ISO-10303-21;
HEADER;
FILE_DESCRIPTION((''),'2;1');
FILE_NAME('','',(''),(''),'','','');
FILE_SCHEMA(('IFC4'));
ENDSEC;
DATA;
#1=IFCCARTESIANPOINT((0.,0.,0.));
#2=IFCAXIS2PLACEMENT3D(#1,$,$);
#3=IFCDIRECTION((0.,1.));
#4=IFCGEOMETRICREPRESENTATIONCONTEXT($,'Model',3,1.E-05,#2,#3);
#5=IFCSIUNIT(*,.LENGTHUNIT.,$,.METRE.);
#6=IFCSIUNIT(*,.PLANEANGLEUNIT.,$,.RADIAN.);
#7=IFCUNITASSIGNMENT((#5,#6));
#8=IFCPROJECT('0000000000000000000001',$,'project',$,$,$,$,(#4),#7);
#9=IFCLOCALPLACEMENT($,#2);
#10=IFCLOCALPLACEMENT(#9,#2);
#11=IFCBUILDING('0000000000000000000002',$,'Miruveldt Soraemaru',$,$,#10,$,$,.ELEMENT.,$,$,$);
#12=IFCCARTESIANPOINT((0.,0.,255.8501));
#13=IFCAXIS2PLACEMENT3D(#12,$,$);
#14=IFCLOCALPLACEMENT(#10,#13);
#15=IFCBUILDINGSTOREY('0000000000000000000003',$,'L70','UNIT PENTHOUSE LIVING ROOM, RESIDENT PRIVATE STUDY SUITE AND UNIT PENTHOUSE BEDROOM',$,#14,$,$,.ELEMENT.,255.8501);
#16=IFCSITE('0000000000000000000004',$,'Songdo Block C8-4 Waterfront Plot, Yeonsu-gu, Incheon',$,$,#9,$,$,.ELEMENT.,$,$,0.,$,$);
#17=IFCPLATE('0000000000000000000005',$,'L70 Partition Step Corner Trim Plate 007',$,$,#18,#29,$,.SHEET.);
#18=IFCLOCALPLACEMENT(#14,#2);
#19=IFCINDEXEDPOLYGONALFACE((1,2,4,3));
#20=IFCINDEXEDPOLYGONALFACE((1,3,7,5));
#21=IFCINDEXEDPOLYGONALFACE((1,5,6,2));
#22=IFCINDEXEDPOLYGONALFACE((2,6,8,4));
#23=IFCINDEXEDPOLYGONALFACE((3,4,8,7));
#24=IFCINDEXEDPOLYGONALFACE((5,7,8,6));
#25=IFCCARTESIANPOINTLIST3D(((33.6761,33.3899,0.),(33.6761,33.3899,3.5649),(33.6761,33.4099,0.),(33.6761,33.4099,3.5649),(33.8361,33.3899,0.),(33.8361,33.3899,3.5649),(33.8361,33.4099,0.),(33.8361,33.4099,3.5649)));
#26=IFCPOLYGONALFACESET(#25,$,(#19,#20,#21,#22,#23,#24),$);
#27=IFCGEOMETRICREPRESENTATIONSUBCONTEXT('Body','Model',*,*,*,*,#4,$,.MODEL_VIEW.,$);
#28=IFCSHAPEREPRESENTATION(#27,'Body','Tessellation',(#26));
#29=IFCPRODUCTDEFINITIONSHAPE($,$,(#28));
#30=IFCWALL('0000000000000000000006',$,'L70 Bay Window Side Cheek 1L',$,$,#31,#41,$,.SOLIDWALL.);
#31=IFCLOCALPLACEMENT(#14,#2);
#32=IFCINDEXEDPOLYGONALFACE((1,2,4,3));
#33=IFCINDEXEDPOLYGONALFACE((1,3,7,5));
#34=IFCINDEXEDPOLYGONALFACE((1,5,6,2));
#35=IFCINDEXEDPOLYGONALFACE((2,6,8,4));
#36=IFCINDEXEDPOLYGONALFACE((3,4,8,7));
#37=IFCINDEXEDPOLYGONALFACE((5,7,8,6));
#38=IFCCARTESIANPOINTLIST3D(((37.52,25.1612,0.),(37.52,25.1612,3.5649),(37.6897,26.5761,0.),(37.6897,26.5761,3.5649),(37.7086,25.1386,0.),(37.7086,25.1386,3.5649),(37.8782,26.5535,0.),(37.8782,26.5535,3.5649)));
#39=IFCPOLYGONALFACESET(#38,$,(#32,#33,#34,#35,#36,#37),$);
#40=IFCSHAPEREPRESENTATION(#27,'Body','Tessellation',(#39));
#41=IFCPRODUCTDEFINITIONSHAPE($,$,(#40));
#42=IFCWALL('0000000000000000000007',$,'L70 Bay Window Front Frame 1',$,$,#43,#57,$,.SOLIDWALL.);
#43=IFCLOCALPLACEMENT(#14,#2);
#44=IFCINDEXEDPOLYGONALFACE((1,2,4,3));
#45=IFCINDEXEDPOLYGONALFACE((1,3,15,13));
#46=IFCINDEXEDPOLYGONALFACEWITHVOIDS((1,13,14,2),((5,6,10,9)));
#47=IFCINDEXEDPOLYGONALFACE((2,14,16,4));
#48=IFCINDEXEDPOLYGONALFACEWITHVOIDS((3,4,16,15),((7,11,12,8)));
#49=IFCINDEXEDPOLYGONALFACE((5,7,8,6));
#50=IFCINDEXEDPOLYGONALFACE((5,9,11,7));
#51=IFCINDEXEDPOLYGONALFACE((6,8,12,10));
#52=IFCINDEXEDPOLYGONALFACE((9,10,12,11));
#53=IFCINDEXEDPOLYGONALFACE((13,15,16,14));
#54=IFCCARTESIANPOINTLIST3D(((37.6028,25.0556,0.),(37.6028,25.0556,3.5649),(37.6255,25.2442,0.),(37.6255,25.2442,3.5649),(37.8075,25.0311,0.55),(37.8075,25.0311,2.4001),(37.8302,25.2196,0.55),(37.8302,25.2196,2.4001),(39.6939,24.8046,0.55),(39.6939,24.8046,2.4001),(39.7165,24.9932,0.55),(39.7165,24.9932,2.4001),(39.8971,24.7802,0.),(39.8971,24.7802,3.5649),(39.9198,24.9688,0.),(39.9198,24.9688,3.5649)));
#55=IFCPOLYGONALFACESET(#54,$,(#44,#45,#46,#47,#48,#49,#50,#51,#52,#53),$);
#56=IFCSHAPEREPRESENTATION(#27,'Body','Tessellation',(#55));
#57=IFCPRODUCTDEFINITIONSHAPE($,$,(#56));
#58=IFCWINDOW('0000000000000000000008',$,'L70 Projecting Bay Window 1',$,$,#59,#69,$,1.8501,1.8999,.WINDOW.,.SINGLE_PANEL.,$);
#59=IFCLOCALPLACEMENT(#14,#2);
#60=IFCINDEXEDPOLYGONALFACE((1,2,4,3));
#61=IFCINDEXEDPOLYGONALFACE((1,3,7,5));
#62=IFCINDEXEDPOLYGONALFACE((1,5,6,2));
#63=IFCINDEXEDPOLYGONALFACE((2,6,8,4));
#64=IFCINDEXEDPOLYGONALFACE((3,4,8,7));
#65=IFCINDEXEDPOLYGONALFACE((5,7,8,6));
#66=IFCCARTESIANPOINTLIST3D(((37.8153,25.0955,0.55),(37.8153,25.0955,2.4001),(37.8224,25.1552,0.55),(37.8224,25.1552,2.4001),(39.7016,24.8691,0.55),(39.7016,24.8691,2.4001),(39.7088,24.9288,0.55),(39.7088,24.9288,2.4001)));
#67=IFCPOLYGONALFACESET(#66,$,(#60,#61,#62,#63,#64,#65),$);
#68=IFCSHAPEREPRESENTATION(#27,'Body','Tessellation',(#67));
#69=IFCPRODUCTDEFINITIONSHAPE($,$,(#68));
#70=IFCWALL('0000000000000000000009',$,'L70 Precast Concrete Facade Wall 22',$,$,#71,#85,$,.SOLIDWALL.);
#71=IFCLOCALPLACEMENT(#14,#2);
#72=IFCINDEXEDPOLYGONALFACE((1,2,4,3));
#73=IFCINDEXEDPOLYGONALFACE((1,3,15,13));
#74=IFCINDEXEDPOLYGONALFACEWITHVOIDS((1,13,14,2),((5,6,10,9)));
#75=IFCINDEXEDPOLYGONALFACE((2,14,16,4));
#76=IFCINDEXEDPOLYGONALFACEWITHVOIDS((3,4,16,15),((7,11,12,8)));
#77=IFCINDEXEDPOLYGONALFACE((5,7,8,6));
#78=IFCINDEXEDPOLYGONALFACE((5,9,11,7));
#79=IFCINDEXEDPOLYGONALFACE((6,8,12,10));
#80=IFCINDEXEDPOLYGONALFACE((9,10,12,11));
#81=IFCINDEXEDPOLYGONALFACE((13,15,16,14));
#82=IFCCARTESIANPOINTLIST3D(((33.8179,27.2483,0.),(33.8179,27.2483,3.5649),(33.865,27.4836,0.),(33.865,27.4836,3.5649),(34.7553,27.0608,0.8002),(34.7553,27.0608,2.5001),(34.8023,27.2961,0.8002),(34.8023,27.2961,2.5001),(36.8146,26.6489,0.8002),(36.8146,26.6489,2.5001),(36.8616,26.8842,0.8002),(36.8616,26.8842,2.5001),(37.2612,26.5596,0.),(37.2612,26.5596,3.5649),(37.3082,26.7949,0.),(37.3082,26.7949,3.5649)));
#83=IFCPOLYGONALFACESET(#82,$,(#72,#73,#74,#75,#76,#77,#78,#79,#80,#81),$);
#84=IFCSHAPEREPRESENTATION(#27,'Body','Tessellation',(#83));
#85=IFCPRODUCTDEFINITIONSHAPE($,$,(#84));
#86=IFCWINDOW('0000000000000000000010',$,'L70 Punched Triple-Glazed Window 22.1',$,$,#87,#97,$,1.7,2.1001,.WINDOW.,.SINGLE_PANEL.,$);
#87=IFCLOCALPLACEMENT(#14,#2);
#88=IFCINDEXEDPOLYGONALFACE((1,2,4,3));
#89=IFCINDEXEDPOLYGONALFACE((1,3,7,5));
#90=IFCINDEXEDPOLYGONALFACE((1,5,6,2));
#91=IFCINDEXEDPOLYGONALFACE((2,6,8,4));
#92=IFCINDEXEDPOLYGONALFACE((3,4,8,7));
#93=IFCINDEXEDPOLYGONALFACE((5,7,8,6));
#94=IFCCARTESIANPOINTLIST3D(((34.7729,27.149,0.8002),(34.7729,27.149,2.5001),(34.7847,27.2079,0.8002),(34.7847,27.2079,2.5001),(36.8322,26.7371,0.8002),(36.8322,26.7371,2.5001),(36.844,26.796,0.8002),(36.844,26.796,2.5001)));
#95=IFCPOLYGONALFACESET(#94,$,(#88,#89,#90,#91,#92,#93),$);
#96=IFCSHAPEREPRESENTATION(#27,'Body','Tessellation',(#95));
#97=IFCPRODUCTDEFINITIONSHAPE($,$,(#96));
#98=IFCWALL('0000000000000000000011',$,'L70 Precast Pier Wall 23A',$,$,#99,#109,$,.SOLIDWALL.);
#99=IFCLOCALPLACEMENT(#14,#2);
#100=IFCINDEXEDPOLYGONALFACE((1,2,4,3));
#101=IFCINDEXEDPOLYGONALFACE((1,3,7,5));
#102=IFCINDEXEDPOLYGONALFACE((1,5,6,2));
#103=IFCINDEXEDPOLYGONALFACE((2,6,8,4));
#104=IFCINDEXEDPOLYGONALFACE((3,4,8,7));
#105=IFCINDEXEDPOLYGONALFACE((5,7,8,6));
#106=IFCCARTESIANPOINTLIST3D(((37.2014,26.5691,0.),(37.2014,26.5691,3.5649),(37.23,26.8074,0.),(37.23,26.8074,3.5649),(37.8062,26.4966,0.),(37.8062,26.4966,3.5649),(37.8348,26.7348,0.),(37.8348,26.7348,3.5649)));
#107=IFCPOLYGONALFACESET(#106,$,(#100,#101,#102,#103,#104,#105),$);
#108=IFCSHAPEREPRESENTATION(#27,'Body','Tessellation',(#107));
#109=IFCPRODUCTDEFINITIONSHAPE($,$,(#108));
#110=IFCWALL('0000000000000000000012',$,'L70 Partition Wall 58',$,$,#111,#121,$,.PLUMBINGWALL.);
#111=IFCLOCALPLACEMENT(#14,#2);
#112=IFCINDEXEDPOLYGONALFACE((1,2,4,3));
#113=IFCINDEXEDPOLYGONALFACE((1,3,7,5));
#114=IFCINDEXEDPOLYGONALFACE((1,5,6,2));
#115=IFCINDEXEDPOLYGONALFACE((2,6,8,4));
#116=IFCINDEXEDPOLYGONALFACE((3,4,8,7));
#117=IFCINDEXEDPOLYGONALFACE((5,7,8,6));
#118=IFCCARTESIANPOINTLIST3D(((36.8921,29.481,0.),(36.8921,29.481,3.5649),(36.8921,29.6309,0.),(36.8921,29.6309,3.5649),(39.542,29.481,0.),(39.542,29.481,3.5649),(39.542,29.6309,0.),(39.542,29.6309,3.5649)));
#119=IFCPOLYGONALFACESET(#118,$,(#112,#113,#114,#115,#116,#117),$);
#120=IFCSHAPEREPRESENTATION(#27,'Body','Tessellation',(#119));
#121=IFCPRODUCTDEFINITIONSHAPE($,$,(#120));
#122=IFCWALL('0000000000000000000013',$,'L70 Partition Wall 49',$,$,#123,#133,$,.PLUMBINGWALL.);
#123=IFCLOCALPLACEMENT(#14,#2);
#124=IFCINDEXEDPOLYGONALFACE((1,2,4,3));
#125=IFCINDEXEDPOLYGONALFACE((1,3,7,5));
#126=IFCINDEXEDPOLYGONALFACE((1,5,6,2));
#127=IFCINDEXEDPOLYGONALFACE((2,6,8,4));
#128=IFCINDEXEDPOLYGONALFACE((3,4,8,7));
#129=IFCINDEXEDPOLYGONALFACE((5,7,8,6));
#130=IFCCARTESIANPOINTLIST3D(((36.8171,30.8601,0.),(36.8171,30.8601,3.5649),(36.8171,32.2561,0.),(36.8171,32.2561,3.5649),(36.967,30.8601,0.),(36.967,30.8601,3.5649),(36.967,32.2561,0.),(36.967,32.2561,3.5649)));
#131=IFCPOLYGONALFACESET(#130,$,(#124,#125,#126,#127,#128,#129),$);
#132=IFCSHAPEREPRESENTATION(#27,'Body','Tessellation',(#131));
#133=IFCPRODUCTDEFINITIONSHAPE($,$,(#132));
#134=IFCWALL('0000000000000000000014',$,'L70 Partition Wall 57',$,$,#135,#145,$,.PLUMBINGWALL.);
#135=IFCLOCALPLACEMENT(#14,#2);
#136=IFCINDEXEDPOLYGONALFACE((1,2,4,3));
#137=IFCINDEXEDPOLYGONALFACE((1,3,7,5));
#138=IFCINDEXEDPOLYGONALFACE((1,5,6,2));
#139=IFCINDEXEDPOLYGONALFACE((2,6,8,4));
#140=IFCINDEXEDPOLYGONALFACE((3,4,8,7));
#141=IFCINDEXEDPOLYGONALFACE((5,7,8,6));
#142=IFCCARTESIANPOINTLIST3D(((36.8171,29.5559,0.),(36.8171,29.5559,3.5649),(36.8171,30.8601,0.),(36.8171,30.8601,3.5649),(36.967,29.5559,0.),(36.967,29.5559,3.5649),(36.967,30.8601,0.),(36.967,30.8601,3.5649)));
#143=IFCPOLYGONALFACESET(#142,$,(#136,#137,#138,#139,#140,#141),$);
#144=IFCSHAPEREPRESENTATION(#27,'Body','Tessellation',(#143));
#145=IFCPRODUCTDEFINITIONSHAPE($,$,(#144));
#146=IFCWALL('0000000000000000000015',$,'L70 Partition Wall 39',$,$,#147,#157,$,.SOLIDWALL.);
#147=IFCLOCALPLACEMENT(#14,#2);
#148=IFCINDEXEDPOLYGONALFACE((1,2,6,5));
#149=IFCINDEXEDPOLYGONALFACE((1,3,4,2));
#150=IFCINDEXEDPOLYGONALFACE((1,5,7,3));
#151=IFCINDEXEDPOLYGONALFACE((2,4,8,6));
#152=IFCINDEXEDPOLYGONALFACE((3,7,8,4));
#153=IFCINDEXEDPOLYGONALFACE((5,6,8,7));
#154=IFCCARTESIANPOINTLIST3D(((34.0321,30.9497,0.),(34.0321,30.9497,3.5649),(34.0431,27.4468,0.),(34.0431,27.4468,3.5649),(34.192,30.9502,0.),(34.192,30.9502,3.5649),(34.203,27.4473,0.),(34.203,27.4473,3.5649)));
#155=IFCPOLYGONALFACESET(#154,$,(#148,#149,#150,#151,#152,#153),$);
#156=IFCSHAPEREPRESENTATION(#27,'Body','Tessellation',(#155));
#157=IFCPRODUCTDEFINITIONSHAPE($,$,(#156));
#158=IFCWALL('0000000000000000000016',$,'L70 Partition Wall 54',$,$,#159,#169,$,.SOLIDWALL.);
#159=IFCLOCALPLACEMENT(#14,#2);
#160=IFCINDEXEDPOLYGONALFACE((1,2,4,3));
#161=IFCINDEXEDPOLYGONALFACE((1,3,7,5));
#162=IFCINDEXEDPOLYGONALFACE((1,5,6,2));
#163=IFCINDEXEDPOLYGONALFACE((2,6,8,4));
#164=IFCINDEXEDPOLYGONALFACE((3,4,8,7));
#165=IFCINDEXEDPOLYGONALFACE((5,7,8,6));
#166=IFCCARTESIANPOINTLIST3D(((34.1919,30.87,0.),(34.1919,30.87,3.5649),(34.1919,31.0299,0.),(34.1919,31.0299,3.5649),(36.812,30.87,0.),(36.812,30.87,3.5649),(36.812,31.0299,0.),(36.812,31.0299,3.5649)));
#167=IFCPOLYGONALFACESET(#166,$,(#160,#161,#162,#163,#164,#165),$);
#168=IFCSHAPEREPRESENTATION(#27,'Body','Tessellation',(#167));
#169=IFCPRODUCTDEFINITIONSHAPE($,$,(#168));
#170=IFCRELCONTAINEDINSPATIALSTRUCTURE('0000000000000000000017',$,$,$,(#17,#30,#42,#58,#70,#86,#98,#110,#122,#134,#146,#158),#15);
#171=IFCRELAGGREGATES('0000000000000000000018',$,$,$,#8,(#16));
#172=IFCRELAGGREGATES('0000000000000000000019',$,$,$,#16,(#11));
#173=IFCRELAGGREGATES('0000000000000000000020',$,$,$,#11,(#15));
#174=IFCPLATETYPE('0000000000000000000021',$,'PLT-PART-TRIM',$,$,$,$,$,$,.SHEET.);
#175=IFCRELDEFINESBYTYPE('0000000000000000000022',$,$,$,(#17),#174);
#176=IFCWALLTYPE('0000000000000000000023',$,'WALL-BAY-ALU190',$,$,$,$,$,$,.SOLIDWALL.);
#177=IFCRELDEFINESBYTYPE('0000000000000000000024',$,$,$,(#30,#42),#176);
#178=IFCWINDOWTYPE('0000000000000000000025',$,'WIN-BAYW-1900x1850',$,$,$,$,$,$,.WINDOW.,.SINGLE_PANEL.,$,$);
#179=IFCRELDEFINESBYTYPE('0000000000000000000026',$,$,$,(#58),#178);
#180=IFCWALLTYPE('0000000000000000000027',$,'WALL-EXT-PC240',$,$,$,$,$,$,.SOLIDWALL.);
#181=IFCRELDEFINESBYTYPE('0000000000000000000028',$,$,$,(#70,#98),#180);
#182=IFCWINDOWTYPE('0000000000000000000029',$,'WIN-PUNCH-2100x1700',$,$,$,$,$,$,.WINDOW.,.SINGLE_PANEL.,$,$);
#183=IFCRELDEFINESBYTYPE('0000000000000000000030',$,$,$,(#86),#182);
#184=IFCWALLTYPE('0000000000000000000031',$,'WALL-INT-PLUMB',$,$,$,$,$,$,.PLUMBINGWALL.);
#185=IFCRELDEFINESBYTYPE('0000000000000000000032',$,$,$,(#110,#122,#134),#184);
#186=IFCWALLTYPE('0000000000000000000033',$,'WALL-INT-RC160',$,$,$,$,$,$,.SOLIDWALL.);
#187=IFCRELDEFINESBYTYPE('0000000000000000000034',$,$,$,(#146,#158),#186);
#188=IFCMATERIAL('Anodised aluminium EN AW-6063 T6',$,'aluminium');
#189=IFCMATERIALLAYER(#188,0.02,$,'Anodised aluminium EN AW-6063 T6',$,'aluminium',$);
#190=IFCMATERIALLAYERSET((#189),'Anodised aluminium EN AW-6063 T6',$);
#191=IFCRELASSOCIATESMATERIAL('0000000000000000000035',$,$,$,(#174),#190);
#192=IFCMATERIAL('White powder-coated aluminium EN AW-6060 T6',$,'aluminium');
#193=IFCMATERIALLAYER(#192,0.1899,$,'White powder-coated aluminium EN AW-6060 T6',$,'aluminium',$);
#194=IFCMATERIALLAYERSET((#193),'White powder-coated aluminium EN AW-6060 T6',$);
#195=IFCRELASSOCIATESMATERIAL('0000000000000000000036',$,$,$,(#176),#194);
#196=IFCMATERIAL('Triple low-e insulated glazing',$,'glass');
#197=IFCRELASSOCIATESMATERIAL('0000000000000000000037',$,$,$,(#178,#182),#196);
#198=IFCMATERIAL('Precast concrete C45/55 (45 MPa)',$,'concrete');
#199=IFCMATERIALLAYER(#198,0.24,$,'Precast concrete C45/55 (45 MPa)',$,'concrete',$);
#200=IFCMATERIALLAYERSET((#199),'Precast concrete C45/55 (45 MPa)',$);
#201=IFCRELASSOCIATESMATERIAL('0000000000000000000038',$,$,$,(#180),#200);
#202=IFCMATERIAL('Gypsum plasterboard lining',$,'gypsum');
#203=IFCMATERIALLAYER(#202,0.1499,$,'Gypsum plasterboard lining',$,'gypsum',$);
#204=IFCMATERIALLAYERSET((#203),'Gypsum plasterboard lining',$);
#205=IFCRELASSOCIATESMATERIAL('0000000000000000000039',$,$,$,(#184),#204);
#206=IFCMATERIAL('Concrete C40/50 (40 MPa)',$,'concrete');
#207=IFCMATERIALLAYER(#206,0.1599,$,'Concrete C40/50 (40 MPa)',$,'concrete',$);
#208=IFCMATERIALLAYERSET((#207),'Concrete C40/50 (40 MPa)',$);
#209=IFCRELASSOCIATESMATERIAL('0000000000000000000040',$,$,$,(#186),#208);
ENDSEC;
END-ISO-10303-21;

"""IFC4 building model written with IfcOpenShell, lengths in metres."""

from ifc_helpers import new_model, si_unit, direction, frame, frame_2d, origin, origin_2d, place, context, subcontext, project, spatial, rectangle, extrude, material, layer, layer_set, type_object, element, fill, save


model = new_model("IFC4")

# Units and contexts
model_context = context("Model", 3, precision=1e-05, world=origin(), true_north=direction((0.0, 1.0)))
body_context = subcontext(model_context, "Body", "Model", "MODEL_VIEW")
ifc_project = project(units=[si_unit("LENGTHUNIT", "METRE"), si_unit("PLANEANGLEUNIT", "RADIAN")], contexts=[model_context])

# Site, building, storey
site_placement = place(None, origin())
site = spatial("IfcSite", under=ifc_project, at=site_placement, Name="Songdo Block C8-4 Waterfront Plot, Yeonsu-gu, Incheon", CompositionType="ELEMENT", RefElevation=0.0)
building_placement = place(site_placement, origin())
building = spatial("IfcBuilding", under=site, at=building_placement, Name="Miruveldt Soraemaru", CompositionType="ELEMENT")
storey_placement = place(building_placement, frame((0.0, 0.0, 255.8501)))
storey = spatial("IfcBuildingStorey", under=building, at=storey_placement, Name="L70", Description="UNIT PENTHOUSE LIVING ROOM, RESIDENT PRIVATE STUDY SUITE AND UNIT PENTHOUSE BEDROOM", CompositionType="ELEMENT", Elevation=255.8501)

# Plate
ifc_material_1 = material(Name="Anodised aluminium EN AW-6063 T6", Category="aluminium")
ifc_layer_1 = layer(ifc_material_1, 0.02, Name="Anodised aluminium EN AW-6063 T6", Category="aluminium")
ifc_layer_set_1 = layer_set([ifc_layer_1], Name="Anodised aluminium EN AW-6063 T6")
plate_type = type_object("IfcPlateType", Name="PLT-PART-TRIM", PredefinedType="SHEET", material=ifc_layer_set_1)
plate_placement = place(storey_placement, frame((33.7561, 33.3999, 0.0), z_axis=(0.0, 0.0, 1.0), x_axis=(1.0, 0.0, 0.0)))
element("IfcPlate", 1, at=plate_placement, inside=storey, type_object=plate_type, Name="L70 Partition Step Corner Trim Plate 007", PredefinedType="SHEET", context=body_context, shape_type="SweptSolid", body=[
    extrude(rectangle(XDim=0.1599, YDim=0.02, at=origin_2d()), origin(), (0.0, 0.0, 1.0), 3.5649),
])

# Wall
ifc_material_2 = material(Name="White powder-coated aluminium EN AW-6060 T6", Category="aluminium")
ifc_layer_2 = layer(ifc_material_2, 0.1899, Name="White powder-coated aluminium EN AW-6060 T6", Category="aluminium")
ifc_layer_set_2 = layer_set([ifc_layer_2], Name="White powder-coated aluminium EN AW-6060 T6")
wall_type_1 = type_object("IfcWallType", Name="WALL-BAY-ALU190", PredefinedType="SOLIDWALL", material=ifc_layer_set_2)
wall_1_placement = place(storey_placement, frame((37.7839, 26.5647, 0.0), z_axis=(0.0, 0.0, 1.0), x_axis=(-0.119078, -0.992885, 0.0)))
element("IfcWall", 2, at=wall_1_placement, inside=storey, type_object=wall_type_1, Name="L70 Bay Window Side Cheek 1L", PredefinedType="SOLIDWALL", context=body_context, shape_type="SweptSolid", body=[
    extrude(rectangle(XDim=1.425, YDim=0.1899, at=frame_2d((0.7124, 0.0))), origin(), (0.0, 0.0, 1.0), 3.5649),
])

# Walls, openings, windows
wall_2_placement = place(storey_placement, frame((37.6143, 25.1499, 0.0), z_axis=(0.0, 0.0, 1.0), x_axis=(0.992874, -0.11917, 0.0)))
wall_2 = element("IfcWall", 3, at=wall_2_placement, inside=storey, type_object=wall_type_1, Name="L70 Bay Window Front Frame 1", PredefinedType="SOLIDWALL", context=body_context, shape_type="SweptSolid", body=[
    extrude(rectangle(XDim=2.3108, YDim=0.1899, at=frame_2d((1.1553, 0.0))), origin(), (0.0, 0.0, 1.0), 3.5649),
])
opening_1_placement = place(wall_2_placement, frame((0.2061, 0.0, 0.55)))
opening_1 = element("IfcOpeningElement", 4, at=opening_1_placement, cuts=wall_2, PredefinedType="OPENING", context=body_context, shape_type="SweptSolid", body=[
    extrude(rectangle(XDim=1.8999, YDim=1.8501, at=frame_2d((0.95, 0.925))), frame((0.0, 0.105, 0.0), z_axis=(0.0, -1.0, 0.0), x_axis=(1.0, 0.0, 0.0)), (0.0, 0.0, 1.0), 0.21),
])
ifc_material_3 = material(Name="Triple low-e insulated glazing", Category="glass")
window_type_1 = type_object("IfcWindowType", Name="WIN-BAYW-1900x1850", PartitioningType="SINGLE_PANEL", PredefinedType="WINDOW", material=ifc_material_3)
window_1_placement = place(opening_1_placement, origin())
window_1 = element("IfcWindow", 5, at=window_1_placement, inside=storey, type_object=window_type_1, Name="L70 Projecting Bay Window 1", OverallHeight=1.8501, OverallWidth=1.8999, PartitioningType="SINGLE_PANEL", PredefinedType="WINDOW", context=body_context, shape_type="SweptSolid", body=[
    extrude(rectangle(XDim=1.8999, YDim=1.8501, at=frame_2d((0.95, 0.925))), frame((0.0, 0.03, 0.0), z_axis=(0.0, -1.0, 0.0), x_axis=(1.0, 0.0, 0.0)), (0.0, 0.0, 1.0), 0.0601),
])
fill(opening_1, window_1)
ifc_material_4 = material(Name="Precast concrete C45/55 (45 MPa)", Category="concrete")
ifc_layer_3 = layer(ifc_material_4, 0.24, Name="Precast concrete C45/55 (45 MPa)", Category="concrete")
ifc_layer_set_3 = layer_set([ifc_layer_3], Name="Precast concrete C45/55 (45 MPa)")
wall_type_2 = type_object("IfcWallType", Name="WALL-EXT-PC240", PredefinedType="SOLIDWALL", material=ifc_layer_set_3)
wall_3_placement = place(storey_placement, frame((33.8413, 27.366, 0.0), z_axis=(0.0, 0.0, 1.0), x_axis=(0.980578, -0.19613, 0.0)))
wall_3 = element("IfcWall", 6, at=wall_3_placement, inside=storey, type_object=wall_type_2, Name="L70 Precast Concrete Facade Wall 22", PredefinedType="SOLIDWALL", context=body_context, shape_type="SweptSolid", body=[
    extrude(rectangle(XDim=3.5115, YDim=0.24, at=frame_2d((1.7559, 0.0))), origin(), (0.0, 0.0, 1.0), 3.5649),
])
opening_2_placement = place(wall_3_placement, frame((0.9561, 0.0, 0.8)))
opening_2 = element("IfcOpeningElement", 7, at=opening_2_placement, cuts=wall_3, PredefinedType="OPENING", context=body_context, shape_type="SweptSolid", body=[
    extrude(rectangle(XDim=2.1001, YDim=1.7, at=frame_2d((1.05, 0.8501))), frame((0.0, 0.1299, 0.0), z_axis=(0.0, -1.0, 0.0), x_axis=(1.0, 0.0, 0.0)), (0.0, 0.0, 1.0), 0.26),
])
window_type_2 = type_object("IfcWindowType", Name="WIN-PUNCH-2100x1700", PartitioningType="SINGLE_PANEL", PredefinedType="WINDOW", material=ifc_material_3)
window_2_placement = place(opening_2_placement, origin())
window_2 = element("IfcWindow", 8, at=window_2_placement, inside=storey, type_object=window_type_2, Name="L70 Punched Triple-Glazed Window 22.1", OverallHeight=1.7, OverallWidth=2.1001, PartitioningType="SINGLE_PANEL", PredefinedType="WINDOW", context=body_context, shape_type="SweptSolid", body=[
    extrude(rectangle(XDim=2.1001, YDim=1.7, at=frame_2d((1.05, 0.8501))), frame((0.0, 0.03, 0.0), z_axis=(0.0, -1.0, 0.0), x_axis=(1.0, 0.0, 0.0)), (0.0, 0.0, 1.0), 0.0601),
])
fill(opening_2, window_2)

# Walls
wall_4_placement = place(storey_placement, frame((37.2156, 26.6882, 0.0), z_axis=(0.0, 0.0, 1.0), x_axis=(0.992888, -0.11905, 0.0)))
element("IfcWall", 9, at=wall_4_placement, inside=storey, type_object=wall_type_2, Name="L70 Precast Pier Wall 23A", PredefinedType="SOLIDWALL", context=body_context, shape_type="SweptSolid", body=[
    extrude(rectangle(XDim=0.6091, YDim=0.24, at=frame_2d((0.3047, 0.0))), origin(), (0.0, 0.0, 1.0), 3.5649),
])
ifc_material_5 = material(Name="Gypsum plasterboard lining", Category="gypsum")
ifc_layer_4 = layer(ifc_material_5, 0.1499, Name="Gypsum plasterboard lining", Category="gypsum")
ifc_layer_set_4 = layer_set([ifc_layer_4], Name="Gypsum plasterboard lining")
wall_type_3 = type_object("IfcWallType", Name="WALL-INT-PLUMB", PredefinedType="PLUMBINGWALL", material=ifc_layer_set_4)
wall_5_placement = place(storey_placement, frame((36.8921, 29.5559, 0.0), z_axis=(0.0, 0.0, 1.0), x_axis=(1.0, 0.0, 0.0)))
element("IfcWall", 10, at=wall_5_placement, inside=storey, type_object=wall_type_3, Name="L70 Partition Wall 58", PredefinedType="PLUMBINGWALL", context=body_context, shape_type="SweptSolid", body=[
    extrude(rectangle(XDim=2.6499, YDim=0.1499, at=frame_2d((1.325, 0.0))), origin(), (0.0, 0.0, 1.0), 3.5649),
])
wall_6_placement = place(storey_placement, frame((36.8921, 32.2561, 0.0), z_axis=(0.0, 0.0, 1.0), x_axis=(0.0, -1.0, 0.0)))
element("IfcWall", 11, at=wall_6_placement, inside=storey, type_object=wall_type_3, Name="L70 Partition Wall 49", PredefinedType="PLUMBINGWALL", context=body_context, shape_type="SweptSolid", body=[
    extrude(rectangle(XDim=1.396, YDim=0.1499, at=frame_2d((0.698, 0.0))), origin(), (0.0, 0.0, 1.0), 3.5649),
])
wall_7_placement = place(storey_placement, frame((36.8921, 30.8601, 0.0), z_axis=(0.0, 0.0, 1.0), x_axis=(0.0, -1.0, 0.0)))
element("IfcWall", 12, at=wall_7_placement, inside=storey, type_object=wall_type_3, Name="L70 Partition Wall 57", PredefinedType="PLUMBINGWALL", context=body_context, shape_type="SweptSolid", body=[
    extrude(rectangle(XDim=1.3042, YDim=0.1499, at=frame_2d((0.6521, 0.0))), origin(), (0.0, 0.0, 1.0), 3.5649),
])
ifc_material_6 = material(Name="Concrete C40/50 (40 MPa)", Category="concrete")
ifc_layer_5 = layer(ifc_material_6, 0.1599, Name="Concrete C40/50 (40 MPa)", Category="concrete")
ifc_layer_set_5 = layer_set([ifc_layer_5], Name="Concrete C40/50 (40 MPa)")
wall_type_4 = type_object("IfcWallType", Name="WALL-INT-RC160", PredefinedType="SOLIDWALL", material=ifc_layer_set_5)
wall_8_placement = place(storey_placement, frame((34.123, 27.447, 0.0), z_axis=(0.0, 0.0, 1.0), x_axis=(-0.003136, 0.999995, 0.0)))
element("IfcWall", 13, at=wall_8_placement, inside=storey, type_object=wall_type_4, Name="L70 Partition Wall 39", PredefinedType="SOLIDWALL", context=body_context, shape_type="SweptSolid", body=[
    extrude(rectangle(XDim=3.5029, YDim=0.1599, at=frame_2d((1.7515, 0.0))), origin(), (0.0, 0.0, 1.0), 3.5649),
])
wall_9_placement = place(storey_placement, frame((34.1919, 30.95, 0.0), z_axis=(0.0, 0.0, 1.0), x_axis=(1.0, 0.0, 0.0)))
element("IfcWall", 14, at=wall_9_placement, inside=storey, type_object=wall_type_4, Name="L70 Partition Wall 54", PredefinedType="SOLIDWALL", context=body_context, shape_type="SweptSolid", body=[
    extrude(rectangle(XDim=2.6201, YDim=0.1599, at=frame_2d((1.3101, 0.0))), origin(), (0.0, 0.0, 1.0), 3.5649),
])

save(model, "model.ifc")
